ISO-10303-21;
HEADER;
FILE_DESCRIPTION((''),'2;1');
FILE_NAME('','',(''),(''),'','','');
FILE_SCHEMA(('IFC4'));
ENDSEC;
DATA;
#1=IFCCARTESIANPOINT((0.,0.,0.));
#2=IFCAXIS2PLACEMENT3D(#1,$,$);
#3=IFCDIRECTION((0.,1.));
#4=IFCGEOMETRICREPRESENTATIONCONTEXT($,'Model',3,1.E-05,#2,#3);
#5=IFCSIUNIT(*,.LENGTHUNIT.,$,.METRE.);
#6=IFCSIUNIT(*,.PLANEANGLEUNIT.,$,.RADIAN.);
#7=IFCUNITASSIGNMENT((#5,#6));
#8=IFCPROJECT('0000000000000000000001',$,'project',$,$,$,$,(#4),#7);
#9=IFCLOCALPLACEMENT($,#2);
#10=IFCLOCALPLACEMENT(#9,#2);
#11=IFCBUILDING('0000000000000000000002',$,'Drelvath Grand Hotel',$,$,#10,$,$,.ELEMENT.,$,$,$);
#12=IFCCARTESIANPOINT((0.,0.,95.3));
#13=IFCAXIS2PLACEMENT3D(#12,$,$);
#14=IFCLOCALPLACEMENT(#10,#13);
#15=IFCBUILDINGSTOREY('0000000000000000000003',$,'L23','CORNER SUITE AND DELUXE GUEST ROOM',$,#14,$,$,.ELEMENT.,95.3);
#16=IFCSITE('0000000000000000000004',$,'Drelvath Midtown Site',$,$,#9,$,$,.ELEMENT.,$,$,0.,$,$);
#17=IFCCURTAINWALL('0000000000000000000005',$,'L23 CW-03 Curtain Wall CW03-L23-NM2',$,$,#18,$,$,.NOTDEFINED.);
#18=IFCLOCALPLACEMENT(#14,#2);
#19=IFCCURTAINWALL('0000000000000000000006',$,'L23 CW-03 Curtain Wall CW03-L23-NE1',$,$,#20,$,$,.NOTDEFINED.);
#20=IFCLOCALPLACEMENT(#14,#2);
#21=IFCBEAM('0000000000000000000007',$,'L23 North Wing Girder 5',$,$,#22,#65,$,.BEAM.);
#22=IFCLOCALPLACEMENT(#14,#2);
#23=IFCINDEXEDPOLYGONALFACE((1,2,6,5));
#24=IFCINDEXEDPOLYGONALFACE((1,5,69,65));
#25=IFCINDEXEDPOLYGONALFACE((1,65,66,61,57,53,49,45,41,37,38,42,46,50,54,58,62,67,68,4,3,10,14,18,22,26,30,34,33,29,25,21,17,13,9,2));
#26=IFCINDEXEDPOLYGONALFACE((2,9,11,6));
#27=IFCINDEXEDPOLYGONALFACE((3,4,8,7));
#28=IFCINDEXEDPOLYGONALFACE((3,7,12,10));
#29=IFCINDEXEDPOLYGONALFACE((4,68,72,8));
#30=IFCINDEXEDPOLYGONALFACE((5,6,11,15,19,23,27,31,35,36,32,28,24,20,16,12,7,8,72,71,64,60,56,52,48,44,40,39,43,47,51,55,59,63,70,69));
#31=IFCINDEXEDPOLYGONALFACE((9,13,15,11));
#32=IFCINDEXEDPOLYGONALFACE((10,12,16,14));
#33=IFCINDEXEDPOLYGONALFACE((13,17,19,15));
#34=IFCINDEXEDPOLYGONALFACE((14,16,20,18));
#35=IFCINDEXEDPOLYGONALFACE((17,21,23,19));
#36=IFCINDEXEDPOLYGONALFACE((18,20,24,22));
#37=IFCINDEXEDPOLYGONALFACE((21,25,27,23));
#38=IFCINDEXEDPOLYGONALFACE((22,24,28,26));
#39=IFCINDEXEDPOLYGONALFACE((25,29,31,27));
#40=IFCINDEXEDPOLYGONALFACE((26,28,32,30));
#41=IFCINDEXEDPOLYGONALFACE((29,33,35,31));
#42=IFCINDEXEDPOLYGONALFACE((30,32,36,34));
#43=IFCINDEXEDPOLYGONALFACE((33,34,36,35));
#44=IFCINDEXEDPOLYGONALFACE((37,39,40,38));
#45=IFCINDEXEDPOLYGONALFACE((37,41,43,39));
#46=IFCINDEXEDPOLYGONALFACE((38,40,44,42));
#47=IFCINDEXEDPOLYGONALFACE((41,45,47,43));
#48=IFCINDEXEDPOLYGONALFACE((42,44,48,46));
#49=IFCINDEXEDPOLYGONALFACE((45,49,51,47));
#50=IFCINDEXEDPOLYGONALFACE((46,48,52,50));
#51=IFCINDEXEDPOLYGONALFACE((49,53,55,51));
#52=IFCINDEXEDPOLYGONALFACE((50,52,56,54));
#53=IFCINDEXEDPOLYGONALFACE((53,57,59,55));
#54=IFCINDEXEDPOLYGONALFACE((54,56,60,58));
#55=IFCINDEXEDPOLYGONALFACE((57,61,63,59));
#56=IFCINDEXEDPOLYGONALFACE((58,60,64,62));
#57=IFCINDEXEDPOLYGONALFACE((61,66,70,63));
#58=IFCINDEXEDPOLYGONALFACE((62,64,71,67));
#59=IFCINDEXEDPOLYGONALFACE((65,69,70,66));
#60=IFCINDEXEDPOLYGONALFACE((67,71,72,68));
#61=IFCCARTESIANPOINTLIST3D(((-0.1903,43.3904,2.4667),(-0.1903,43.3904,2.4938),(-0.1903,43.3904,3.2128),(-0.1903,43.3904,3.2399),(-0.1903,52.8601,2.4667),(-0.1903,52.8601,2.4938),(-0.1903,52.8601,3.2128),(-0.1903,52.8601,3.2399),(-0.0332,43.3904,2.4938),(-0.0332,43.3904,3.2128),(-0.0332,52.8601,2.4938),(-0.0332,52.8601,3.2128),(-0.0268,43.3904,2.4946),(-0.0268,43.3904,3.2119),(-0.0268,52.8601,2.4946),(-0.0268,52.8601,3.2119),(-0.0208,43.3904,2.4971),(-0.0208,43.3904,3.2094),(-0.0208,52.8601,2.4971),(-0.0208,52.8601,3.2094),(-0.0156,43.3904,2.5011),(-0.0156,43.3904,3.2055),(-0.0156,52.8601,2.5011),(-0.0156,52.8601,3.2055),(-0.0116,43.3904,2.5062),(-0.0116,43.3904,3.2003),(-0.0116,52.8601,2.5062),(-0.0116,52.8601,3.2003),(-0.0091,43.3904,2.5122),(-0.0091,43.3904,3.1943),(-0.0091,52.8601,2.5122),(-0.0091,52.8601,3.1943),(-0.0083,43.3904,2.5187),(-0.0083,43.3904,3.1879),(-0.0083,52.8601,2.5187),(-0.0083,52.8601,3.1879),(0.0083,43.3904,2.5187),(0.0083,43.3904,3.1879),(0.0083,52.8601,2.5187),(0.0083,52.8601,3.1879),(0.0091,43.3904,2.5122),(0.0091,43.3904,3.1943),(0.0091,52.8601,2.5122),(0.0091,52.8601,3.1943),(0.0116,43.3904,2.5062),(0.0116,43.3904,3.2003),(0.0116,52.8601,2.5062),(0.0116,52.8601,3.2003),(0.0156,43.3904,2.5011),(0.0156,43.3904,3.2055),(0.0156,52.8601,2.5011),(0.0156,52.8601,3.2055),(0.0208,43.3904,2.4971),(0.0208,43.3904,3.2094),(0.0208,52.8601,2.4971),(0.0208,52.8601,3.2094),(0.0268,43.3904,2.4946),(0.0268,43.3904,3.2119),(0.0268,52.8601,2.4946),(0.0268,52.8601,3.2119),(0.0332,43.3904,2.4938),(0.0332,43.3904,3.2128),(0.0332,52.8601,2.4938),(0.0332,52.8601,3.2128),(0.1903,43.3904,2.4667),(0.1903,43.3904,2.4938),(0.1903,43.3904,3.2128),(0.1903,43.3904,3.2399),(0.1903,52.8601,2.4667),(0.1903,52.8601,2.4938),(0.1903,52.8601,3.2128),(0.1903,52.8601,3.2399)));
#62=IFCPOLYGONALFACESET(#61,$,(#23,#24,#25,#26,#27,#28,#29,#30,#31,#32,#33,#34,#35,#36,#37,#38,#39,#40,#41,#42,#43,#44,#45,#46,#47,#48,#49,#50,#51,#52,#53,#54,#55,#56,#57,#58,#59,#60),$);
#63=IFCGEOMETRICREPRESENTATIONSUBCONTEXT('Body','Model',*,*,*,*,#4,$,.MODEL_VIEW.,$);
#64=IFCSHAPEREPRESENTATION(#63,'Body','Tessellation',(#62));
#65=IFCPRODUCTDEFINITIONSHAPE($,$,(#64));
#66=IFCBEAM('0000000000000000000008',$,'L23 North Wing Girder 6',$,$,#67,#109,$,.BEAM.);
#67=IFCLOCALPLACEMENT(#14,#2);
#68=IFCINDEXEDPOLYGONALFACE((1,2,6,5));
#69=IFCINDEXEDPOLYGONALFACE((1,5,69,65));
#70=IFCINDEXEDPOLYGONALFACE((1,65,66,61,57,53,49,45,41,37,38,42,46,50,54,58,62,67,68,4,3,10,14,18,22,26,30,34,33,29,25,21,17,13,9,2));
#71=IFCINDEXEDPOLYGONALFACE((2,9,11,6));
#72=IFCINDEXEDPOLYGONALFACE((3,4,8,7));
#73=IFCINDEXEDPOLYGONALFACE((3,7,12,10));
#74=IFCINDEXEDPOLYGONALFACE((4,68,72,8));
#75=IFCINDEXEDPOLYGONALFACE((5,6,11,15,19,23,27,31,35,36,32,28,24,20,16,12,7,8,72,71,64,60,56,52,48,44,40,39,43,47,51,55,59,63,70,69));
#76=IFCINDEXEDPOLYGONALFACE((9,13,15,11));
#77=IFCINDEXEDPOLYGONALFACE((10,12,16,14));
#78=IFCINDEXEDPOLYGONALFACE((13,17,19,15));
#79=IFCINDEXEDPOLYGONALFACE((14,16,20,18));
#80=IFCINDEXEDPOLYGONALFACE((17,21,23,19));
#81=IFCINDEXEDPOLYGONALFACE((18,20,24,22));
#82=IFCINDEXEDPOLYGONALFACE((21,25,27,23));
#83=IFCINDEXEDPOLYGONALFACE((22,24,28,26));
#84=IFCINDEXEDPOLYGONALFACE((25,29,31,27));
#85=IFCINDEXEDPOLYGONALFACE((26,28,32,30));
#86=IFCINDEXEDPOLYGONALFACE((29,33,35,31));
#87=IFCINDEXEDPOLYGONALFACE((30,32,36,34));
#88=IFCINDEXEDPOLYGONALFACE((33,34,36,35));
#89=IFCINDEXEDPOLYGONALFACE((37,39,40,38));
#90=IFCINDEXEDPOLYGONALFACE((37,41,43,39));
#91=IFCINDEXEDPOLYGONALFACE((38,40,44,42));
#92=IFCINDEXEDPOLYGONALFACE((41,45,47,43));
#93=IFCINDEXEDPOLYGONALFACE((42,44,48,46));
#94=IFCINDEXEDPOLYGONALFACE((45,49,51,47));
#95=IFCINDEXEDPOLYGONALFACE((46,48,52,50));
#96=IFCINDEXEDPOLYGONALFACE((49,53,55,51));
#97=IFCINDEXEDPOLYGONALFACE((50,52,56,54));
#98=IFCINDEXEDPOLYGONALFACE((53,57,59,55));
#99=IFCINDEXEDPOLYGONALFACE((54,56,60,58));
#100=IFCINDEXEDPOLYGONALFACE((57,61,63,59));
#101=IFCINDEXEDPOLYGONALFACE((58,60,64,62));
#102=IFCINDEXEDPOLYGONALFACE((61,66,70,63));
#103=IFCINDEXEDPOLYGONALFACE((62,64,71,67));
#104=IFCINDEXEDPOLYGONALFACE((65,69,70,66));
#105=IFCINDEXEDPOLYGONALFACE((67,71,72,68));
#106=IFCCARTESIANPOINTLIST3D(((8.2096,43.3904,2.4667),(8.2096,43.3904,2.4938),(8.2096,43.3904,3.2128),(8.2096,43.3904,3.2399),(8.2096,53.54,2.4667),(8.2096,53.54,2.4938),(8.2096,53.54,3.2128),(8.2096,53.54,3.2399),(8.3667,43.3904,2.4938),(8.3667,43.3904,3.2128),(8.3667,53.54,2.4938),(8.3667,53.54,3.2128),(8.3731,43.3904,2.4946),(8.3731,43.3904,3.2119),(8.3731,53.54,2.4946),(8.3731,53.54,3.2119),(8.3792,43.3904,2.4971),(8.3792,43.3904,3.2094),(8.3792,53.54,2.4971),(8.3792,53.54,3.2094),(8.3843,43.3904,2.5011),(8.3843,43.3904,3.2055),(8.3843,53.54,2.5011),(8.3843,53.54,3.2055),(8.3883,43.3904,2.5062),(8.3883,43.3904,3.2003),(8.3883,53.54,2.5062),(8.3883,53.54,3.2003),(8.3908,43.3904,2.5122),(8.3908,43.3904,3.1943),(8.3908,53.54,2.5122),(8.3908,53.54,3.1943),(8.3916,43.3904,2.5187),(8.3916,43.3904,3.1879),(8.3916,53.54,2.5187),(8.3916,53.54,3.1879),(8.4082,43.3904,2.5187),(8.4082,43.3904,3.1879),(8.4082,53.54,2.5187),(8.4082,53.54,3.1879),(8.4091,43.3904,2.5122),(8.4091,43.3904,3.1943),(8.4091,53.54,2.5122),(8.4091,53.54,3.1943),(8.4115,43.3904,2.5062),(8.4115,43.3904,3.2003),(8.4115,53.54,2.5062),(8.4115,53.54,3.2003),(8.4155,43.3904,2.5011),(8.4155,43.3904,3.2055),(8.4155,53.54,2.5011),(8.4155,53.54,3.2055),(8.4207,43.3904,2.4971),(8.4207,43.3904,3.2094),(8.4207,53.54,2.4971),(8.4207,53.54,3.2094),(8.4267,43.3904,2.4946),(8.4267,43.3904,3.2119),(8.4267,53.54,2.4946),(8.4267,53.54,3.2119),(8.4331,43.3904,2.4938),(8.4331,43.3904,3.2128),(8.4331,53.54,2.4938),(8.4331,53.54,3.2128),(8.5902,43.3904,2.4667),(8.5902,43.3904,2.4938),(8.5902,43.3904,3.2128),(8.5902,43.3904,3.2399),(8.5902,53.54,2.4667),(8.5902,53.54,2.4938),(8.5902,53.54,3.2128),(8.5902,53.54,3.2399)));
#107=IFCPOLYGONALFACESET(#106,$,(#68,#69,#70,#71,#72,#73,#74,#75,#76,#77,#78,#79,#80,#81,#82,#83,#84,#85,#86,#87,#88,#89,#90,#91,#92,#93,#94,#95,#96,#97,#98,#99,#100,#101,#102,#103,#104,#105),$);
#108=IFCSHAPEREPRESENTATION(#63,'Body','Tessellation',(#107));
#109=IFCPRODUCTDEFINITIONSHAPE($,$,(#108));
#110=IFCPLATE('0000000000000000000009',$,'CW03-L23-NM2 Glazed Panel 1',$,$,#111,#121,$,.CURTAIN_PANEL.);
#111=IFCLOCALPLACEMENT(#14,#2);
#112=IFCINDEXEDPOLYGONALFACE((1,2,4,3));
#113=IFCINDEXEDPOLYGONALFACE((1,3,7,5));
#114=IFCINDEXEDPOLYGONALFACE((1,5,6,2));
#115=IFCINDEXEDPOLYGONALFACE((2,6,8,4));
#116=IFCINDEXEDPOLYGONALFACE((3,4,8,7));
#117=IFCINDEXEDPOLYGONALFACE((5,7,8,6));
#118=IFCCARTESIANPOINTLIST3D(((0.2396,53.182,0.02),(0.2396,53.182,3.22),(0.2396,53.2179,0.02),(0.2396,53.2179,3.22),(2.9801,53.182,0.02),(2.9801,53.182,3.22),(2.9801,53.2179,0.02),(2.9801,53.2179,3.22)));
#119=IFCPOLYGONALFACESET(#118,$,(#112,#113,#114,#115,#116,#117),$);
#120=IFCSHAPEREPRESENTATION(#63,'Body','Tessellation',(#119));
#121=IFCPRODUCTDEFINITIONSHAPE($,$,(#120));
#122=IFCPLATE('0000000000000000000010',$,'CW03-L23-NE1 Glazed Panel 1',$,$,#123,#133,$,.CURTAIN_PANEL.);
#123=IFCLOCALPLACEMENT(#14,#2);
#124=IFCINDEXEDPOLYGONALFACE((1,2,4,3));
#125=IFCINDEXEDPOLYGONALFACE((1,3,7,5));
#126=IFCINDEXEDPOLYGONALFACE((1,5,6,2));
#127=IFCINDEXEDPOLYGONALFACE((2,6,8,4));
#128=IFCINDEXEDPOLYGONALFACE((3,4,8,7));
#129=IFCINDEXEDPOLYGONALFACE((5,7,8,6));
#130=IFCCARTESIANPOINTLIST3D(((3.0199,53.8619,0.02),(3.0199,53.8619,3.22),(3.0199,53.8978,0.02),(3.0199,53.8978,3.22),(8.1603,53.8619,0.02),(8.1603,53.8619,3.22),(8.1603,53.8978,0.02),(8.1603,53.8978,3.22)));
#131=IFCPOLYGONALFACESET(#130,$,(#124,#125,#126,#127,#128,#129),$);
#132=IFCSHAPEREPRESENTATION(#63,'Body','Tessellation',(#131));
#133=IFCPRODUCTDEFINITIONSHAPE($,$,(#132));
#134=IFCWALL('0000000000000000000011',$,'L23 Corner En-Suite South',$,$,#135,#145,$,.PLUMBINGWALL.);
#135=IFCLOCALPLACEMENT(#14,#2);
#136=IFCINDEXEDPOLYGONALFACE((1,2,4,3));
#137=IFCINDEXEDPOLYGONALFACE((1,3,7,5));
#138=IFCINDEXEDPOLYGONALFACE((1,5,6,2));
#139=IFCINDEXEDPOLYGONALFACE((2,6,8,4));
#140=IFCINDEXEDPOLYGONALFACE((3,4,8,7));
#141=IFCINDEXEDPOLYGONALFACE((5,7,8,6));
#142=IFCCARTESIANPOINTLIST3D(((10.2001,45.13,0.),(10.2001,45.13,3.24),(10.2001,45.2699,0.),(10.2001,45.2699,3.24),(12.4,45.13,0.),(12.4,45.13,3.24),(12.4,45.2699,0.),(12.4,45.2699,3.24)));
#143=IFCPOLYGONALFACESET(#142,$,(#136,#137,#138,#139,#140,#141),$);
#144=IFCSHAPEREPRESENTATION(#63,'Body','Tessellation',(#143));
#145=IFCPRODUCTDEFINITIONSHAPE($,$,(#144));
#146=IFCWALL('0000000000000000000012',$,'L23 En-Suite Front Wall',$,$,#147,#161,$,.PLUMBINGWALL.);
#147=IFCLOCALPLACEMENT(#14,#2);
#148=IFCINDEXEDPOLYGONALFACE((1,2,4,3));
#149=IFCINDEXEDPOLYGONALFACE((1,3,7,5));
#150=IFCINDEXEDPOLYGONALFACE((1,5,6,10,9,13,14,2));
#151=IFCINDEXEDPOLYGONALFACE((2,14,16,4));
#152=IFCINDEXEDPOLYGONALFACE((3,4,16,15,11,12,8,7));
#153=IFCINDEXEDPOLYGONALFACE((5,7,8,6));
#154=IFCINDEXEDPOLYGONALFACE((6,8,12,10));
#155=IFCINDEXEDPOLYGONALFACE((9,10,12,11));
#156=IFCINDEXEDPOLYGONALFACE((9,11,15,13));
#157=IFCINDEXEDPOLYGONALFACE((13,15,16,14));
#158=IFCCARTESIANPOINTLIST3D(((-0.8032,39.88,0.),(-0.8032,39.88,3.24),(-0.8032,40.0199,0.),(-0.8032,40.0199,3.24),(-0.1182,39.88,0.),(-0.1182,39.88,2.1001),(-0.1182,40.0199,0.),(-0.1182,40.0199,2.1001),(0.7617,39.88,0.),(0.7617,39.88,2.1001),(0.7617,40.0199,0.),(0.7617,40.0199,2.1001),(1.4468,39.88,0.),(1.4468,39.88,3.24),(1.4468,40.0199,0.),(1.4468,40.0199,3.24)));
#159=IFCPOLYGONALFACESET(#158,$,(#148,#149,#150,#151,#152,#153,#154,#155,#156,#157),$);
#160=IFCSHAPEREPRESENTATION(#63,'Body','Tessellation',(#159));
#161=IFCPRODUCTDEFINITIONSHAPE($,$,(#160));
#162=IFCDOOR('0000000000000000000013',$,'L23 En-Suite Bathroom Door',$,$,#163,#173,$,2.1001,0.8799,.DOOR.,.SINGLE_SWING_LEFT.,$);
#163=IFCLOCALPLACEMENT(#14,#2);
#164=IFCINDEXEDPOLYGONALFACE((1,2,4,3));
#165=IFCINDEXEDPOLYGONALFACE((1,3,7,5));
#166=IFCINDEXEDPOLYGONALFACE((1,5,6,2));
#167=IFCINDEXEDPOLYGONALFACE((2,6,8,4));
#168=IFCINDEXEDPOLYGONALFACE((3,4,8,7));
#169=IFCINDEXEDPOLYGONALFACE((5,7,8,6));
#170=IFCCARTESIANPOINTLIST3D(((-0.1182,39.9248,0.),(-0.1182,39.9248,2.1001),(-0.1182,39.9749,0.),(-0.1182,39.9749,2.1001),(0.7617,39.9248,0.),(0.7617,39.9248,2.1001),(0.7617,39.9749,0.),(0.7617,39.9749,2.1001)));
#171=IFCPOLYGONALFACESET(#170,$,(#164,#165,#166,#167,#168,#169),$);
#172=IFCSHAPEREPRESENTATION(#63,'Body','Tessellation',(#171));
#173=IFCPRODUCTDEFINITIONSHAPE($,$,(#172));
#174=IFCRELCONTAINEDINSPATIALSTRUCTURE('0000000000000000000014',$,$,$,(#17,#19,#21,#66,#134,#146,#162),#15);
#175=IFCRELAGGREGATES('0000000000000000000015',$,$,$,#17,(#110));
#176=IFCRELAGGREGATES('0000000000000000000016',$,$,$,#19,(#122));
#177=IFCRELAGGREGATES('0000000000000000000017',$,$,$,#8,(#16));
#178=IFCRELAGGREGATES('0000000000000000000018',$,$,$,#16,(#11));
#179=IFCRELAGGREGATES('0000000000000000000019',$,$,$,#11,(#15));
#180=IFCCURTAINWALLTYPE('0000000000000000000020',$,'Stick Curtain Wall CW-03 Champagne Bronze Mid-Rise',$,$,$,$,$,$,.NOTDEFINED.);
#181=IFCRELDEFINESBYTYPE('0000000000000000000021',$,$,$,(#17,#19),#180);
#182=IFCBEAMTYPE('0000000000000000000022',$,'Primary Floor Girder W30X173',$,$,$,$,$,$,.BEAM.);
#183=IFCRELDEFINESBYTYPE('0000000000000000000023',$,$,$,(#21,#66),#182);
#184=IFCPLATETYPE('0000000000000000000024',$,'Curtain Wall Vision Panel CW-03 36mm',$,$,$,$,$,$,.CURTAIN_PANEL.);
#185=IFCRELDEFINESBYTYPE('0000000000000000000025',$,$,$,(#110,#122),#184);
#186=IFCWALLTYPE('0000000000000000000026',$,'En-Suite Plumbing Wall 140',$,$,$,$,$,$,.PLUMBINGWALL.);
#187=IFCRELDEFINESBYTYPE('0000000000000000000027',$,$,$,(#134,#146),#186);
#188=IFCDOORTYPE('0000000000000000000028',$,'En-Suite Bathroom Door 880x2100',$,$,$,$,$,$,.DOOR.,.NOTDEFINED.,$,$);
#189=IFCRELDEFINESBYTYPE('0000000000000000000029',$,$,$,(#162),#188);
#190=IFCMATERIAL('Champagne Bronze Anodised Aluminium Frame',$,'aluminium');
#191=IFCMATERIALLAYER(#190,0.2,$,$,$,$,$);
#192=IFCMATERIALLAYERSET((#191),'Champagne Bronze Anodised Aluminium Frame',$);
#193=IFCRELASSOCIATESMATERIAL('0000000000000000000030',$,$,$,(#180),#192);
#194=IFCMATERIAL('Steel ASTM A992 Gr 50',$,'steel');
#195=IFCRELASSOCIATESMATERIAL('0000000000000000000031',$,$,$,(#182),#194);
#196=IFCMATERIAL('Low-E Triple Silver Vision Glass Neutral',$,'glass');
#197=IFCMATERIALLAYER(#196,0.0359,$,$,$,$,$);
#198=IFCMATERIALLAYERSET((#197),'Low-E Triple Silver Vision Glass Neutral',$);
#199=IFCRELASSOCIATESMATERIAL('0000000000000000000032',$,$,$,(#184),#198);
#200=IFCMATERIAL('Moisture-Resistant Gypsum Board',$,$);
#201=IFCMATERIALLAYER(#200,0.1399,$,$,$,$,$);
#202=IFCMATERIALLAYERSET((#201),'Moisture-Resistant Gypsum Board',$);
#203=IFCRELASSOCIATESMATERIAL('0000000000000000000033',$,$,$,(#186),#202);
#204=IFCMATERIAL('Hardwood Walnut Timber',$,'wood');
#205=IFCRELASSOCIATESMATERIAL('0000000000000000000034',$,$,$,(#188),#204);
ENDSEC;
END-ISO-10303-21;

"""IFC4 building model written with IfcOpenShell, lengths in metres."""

from ifc_helpers import new_model, si_unit, direction, frame, frame_2d, origin, origin_2d, place, context, subcontext, project, spatial, rectangle, i_section, extrude, material, layer, layer_set, material_profile, profile_set, type_object, element, fill, aggregate, save


model = new_model("IFC4")

# Units and contexts
model_context = context("Model", 3, precision=1e-05, world=origin(), true_north=direction((0.0, 1.0)))
body_context = subcontext(model_context, "Body", "Model", "MODEL_VIEW")
ifc_project = project(units=[si_unit("LENGTHUNIT", "METRE"), si_unit("PLANEANGLEUNIT", "RADIAN")], contexts=[model_context])

# Site, building, storey
site_placement = place(None, origin())
site = spatial("IfcSite", under=ifc_project, at=site_placement, Name="Drelvath Midtown Site", CompositionType="ELEMENT", RefElevation=0.0)
building_placement = place(site_placement, origin())
building = spatial("IfcBuilding", under=site, at=building_placement, Name="Drelvath Grand Hotel", CompositionType="ELEMENT")
storey_placement = place(building_placement, frame((0.0, 0.0, 95.3)))
storey = spatial("IfcBuildingStorey", under=building, at=storey_placement, Name="L23", Description="CORNER SUITE AND DELUXE GUEST ROOM", CompositionType="ELEMENT", Elevation=95.3)

# Curtain walls
ifc_material_1 = material(Name="Champagne Bronze Anodised Aluminium Frame", Category="aluminium")
ifc_layer_1 = layer(ifc_material_1, 0.2)
ifc_layer_set_1 = layer_set([ifc_layer_1], Name="Champagne Bronze Anodised Aluminium Frame")
curtain_wall_type = type_object("IfcCurtainWallType", Name="Stick Curtain Wall CW-03 Champagne Bronze Mid-Rise", PredefinedType="NOTDEFINED", material=ifc_layer_set_1)
curtain_wall_1_placement = place(storey_placement, origin())
curtain_wall_1 = element("IfcCurtainWall", 1, at=curtain_wall_1_placement, inside=storey, type_object=curtain_wall_type, Name="L23 CW-03 Curtain Wall CW03-L23-NM2", PredefinedType="NOTDEFINED")
curtain_wall_2_placement = place(storey_placement, origin())
curtain_wall_2 = element("IfcCurtainWall", 2, at=curtain_wall_2_placement, inside=storey, type_object=curtain_wall_type, Name="L23 CW-03 Curtain Wall CW03-L23-NE1", PredefinedType="NOTDEFINED")

# Beams
ifc_material_2 = material(Name="Steel ASTM A992 Gr 50", Category="steel")
ifc_material_profile_1 = material_profile(ifc_material_2, i_section(OverallWidth=0.3806, OverallDepth=0.7732, WebThickness=0.0166, FlangeThickness=0.0271, FilletRadius=0.0249, at=origin_2d()), Name="W30X173")
ifc_profile_set_1 = profile_set([ifc_material_profile_1], Name="Steel ASTM A992 Gr 50")
beam_type_1 = type_object("IfcBeamType", Name="Primary Floor Girder W30X173", PredefinedType="BEAM", material=ifc_profile_set_1)
beam_1_placement = place(storey_placement, frame((0.0, 43.3904, 2.8533), z_axis=(0.0, 1.0, 0.0), x_axis=(-1.0, 0.0, 0.0)))
element("IfcBeam", 3, at=beam_1_placement, inside=storey, type_object=beam_type_1, Name="L23 North Wing Girder 5", PredefinedType="BEAM", context=body_context, shape_type="SweptSolid", body=[
    extrude(i_section(OverallWidth=0.3806, OverallDepth=0.7732, WebThickness=0.0166, FlangeThickness=0.0271, FilletRadius=0.0249, at=origin_2d()), origin(), (0.0, 0.0, 1.0), 9.4697),
])
beam_2_placement = place(storey_placement, frame((8.3999, 43.3904, 2.8533), z_axis=(0.0, 1.0, 0.0), x_axis=(-1.0, 0.0, 0.0)))
element("IfcBeam", 4, at=beam_2_placement, inside=storey, type_object=beam_type_1, Name="L23 North Wing Girder 6", PredefinedType="BEAM", context=body_context, shape_type="SweptSolid", body=[
    extrude(i_section(OverallWidth=0.3806, OverallDepth=0.7732, WebThickness=0.0166, FlangeThickness=0.0271, FilletRadius=0.0249, at=origin_2d()), origin(), (0.0, 0.0, 1.0), 10.1497),
])

# Plates
ifc_material_3 = material(Name="Low-E Triple Silver Vision Glass Neutral", Category="glass")
ifc_layer_2 = layer(ifc_material_3, 0.0359)
ifc_layer_set_2 = layer_set([ifc_layer_2], Name="Low-E Triple Silver Vision Glass Neutral")
plate_type = type_object("IfcPlateType", Name="Curtain Wall Vision Panel CW-03 36mm", PredefinedType="CURTAIN_PANEL", material=ifc_layer_set_2)
plate_1_placement = place(storey_placement, frame((1.6099, 53.2, 0.02), z_axis=(0.0, 0.0, 1.0), x_axis=(1.0, 0.0, 0.0)))
plate_1 = element("IfcPlate", 5, at=plate_1_placement, type_object=plate_type, Name="CW03-L23-NM2 Glazed Panel 1", PredefinedType="CURTAIN_PANEL", context=body_context, shape_type="SweptSolid", body=[
    extrude(rectangle(XDim=2.7405, YDim=0.0359, at=origin_2d()), origin(), (0.0, 0.0, 1.0), 3.2),
])
aggregate(curtain_wall_1, [plate_1])
plate_2_placement = place(storey_placement, frame((5.5901, 53.8799, 0.02), z_axis=(0.0, 0.0, 1.0), x_axis=(1.0, 0.0, 0.0)))
plate_2 = element("IfcPlate", 6, at=plate_2_placement, type_object=plate_type, Name="CW03-L23-NE1 Glazed Panel 1", PredefinedType="CURTAIN_PANEL", context=body_context, shape_type="SweptSolid", body=[
    extrude(rectangle(XDim=5.1404, YDim=0.0359, at=origin_2d()), origin(), (0.0, 0.0, 1.0), 3.2),
])
aggregate(curtain_wall_2, [plate_2])

# Shared definitions
ifc_material_4 = material(Name="Hardwood Walnut Timber", Category="wood")

# Wall
ifc_material_5 = material(Name="Moisture-Resistant Gypsum Board")
ifc_layer_3 = layer(ifc_material_5, 0.1399)
ifc_layer_set_3 = layer_set([ifc_layer_3], Name="Moisture-Resistant Gypsum Board")
wall_type_1 = type_object("IfcWallType", Name="En-Suite Plumbing Wall 140", PredefinedType="PLUMBINGWALL", material=ifc_layer_set_3)
wall_1_placement = place(storey_placement, frame((10.2, 45.2, 0.0), z_axis=(0.0, 0.0, 1.0), x_axis=(1.0, 0.0, 0.0)))
element("IfcWall", 7, at=wall_1_placement, inside=storey, type_object=wall_type_1, Name="L23 Corner En-Suite South", PredefinedType="PLUMBINGWALL", context=body_context, shape_type="SweptSolid", body=[
    extrude(rectangle(XDim=2.2, YDim=0.1399, at=frame_2d((1.1001, 0.0))), origin(), (0.0, 0.0, 1.0), 3.24),
])

# Wall, opening, door
wall_2_placement = place(storey_placement, frame((-0.8032, 39.95, 0.0), z_axis=(0.0, 0.0, 1.0), x_axis=(1.0, 0.0, 0.0)))
wall_2 = element("IfcWall", 8, at=wall_2_placement, inside=storey, type_object=wall_type_1, Name="L23 En-Suite Front Wall", PredefinedType="PLUMBINGWALL", context=body_context, shape_type="SweptSolid", body=[
    extrude(rectangle(XDim=2.25, YDim=0.1399, at=frame_2d((1.125, 0.0))), origin(), (0.0, 0.0, 1.0), 3.24),
])
opening_1_placement = place(wall_2_placement, frame((0.6851, 0.0, 0.0)))
opening_1 = element("IfcOpeningElement", 9, at=opening_1_placement, cuts=wall_2, PredefinedType="OPENING", context=body_context, shape_type="SweptSolid", body=[
    extrude(rectangle(XDim=0.8799, YDim=2.1001, at=frame_2d((0.4399, 1.05))), frame((0.0, 0.0798, 0.0), z_axis=(0.0, -1.0, 0.0), x_axis=(1.0, 0.0, 0.0)), (0.0, 0.0, 1.0), 0.1599),
])
door_type_1 = type_object("IfcDoorType", Name="En-Suite Bathroom Door 880x2100", OperationType="NOTDEFINED", PredefinedType="DOOR", material=ifc_material_4)
door_1_placement = place(opening_1_placement, origin())
door_1 = element("IfcDoor", 10, at=door_1_placement, inside=storey, type_object=door_type_1, Name="L23 En-Suite Bathroom Door", OperationType="SINGLE_SWING_LEFT", OverallHeight=2.1001, OverallWidth=0.8799, PredefinedType="DOOR", context=body_context, shape_type="SweptSolid", body=[
    extrude(rectangle(XDim=0.8799, YDim=2.1001, at=frame_2d((0.4399, 1.05))), frame((0.0, 0.0249, 0.0), z_axis=(0.0, -1.0, 0.0), x_axis=(1.0, 0.0, 0.0)), (0.0, 0.0, 1.0), 0.05),
])
fill(opening_1, door_1)

save(model, "model.ifc")
